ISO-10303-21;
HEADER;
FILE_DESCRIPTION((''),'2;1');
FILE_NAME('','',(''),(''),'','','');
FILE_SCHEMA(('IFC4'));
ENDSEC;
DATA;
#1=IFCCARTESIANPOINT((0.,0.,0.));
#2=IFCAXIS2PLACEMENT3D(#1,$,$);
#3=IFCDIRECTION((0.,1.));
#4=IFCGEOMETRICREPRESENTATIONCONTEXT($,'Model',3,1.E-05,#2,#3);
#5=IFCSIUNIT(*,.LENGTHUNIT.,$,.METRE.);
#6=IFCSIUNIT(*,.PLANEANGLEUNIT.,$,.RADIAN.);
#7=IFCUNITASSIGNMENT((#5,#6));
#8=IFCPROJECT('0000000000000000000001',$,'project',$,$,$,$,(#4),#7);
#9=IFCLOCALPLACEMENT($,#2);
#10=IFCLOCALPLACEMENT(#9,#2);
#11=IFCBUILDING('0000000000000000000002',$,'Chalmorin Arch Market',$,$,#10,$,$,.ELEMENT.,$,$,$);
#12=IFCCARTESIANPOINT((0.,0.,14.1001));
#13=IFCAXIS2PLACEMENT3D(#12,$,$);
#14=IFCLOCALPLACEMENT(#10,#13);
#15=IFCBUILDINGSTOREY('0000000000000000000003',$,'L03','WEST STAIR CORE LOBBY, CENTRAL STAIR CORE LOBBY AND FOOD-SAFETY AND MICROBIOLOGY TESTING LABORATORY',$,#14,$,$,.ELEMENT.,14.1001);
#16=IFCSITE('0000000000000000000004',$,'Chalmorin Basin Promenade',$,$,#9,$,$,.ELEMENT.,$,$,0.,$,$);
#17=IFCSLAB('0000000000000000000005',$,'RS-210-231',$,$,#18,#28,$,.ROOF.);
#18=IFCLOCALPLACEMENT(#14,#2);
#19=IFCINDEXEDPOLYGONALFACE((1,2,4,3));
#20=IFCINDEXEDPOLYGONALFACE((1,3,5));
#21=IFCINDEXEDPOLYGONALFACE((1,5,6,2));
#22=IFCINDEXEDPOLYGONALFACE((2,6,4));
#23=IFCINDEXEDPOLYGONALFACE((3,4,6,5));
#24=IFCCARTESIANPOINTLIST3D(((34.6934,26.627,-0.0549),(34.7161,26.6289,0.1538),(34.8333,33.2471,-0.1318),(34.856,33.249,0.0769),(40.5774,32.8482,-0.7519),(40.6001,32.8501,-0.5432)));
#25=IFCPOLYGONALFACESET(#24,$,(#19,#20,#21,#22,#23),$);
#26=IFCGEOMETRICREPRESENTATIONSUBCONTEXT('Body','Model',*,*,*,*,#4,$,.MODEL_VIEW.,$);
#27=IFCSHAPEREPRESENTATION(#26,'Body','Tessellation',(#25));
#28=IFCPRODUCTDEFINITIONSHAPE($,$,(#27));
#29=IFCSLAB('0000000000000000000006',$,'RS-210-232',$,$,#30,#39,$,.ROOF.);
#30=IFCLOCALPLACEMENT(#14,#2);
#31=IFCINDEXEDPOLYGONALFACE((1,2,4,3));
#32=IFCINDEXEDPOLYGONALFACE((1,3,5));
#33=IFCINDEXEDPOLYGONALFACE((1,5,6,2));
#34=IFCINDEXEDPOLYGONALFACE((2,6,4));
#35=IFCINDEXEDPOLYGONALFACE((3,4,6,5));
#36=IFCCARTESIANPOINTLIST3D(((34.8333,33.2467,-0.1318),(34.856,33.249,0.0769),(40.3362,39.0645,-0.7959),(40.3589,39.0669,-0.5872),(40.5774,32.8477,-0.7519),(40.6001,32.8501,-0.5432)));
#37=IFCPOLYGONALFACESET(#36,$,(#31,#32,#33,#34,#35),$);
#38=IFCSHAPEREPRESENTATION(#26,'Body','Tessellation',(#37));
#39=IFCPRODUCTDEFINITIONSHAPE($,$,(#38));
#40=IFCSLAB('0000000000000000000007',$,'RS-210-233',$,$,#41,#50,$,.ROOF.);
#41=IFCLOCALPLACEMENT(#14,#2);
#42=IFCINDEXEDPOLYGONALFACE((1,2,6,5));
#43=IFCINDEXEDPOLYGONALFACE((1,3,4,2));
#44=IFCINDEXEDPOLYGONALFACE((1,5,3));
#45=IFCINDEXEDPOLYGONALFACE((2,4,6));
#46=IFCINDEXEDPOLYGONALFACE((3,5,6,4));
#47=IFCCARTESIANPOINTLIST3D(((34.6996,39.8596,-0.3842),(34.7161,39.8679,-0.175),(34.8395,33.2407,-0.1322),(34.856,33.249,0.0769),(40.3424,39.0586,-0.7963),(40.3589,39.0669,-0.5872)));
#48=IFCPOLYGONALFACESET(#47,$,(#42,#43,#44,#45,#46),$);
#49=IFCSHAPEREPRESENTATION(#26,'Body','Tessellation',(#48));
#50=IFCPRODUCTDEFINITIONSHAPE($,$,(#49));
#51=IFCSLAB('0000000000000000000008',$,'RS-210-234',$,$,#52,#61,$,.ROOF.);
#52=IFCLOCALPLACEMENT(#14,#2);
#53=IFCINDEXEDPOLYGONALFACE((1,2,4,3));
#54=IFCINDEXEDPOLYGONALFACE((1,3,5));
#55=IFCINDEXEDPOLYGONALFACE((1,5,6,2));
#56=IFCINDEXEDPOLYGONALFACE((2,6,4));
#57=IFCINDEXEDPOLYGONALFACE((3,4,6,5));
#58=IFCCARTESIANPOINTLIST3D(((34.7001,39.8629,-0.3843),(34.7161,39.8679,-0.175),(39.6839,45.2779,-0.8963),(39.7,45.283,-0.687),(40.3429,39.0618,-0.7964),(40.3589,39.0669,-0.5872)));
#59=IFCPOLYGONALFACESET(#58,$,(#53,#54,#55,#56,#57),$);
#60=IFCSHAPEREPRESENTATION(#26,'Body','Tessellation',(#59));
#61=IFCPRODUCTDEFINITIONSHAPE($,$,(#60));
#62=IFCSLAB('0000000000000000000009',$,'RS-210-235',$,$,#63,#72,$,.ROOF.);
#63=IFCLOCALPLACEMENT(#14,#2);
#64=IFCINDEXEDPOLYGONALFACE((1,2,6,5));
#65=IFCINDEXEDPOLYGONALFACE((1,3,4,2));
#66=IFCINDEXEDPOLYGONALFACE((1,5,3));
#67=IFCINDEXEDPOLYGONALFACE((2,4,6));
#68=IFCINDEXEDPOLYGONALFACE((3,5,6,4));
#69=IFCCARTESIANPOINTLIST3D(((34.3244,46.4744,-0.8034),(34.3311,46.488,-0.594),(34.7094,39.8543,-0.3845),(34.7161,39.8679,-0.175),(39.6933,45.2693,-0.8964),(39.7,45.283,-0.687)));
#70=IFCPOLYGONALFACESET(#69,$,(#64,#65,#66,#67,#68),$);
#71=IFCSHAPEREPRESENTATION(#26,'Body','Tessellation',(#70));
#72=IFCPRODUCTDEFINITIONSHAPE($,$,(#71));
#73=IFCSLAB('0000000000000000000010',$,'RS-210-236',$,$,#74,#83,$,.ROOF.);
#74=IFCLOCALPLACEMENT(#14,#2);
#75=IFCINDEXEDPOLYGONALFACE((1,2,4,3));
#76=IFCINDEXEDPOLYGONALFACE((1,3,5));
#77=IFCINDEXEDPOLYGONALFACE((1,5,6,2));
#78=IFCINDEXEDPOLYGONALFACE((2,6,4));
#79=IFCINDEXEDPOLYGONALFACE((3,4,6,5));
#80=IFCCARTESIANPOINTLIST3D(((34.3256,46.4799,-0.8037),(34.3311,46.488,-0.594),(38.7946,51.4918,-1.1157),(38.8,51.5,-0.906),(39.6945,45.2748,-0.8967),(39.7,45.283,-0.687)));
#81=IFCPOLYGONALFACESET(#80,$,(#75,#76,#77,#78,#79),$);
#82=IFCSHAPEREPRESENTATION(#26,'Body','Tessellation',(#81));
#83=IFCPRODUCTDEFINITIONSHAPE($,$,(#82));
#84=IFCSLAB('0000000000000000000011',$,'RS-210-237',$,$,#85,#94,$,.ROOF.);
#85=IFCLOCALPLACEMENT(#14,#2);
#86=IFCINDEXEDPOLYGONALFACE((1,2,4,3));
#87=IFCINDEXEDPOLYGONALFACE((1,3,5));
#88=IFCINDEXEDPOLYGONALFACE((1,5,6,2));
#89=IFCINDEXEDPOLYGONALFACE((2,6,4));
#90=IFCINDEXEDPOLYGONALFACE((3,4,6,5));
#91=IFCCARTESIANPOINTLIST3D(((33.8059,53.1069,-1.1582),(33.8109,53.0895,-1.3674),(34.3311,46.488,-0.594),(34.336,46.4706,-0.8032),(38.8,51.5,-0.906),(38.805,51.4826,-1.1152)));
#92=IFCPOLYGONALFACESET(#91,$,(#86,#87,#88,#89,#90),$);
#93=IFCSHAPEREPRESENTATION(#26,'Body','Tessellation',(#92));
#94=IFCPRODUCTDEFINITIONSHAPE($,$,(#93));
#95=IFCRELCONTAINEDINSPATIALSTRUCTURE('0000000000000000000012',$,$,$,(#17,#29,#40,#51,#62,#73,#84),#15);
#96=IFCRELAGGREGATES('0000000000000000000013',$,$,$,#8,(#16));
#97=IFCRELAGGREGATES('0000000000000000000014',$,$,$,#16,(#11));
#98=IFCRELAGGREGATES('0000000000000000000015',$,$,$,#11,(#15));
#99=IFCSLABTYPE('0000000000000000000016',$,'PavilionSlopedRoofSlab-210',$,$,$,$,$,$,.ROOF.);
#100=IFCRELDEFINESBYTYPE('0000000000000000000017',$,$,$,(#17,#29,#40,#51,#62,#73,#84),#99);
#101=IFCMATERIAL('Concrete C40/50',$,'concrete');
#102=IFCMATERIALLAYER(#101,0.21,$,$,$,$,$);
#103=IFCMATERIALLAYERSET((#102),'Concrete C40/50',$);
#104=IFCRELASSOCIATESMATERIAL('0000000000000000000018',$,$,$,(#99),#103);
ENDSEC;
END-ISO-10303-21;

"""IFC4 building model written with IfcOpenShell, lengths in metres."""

from ifc_helpers import new_model, si_unit, direction, frame, origin, place, context, subcontext, project, spatial, polyline, outline, extrude, material, layer, layer_set, type_object, element, save


model = new_model("IFC4")

# Units and contexts
model_context = context("Model", 3, precision=1e-05, world=origin(), true_north=direction((0.0, 1.0)))
body_context = subcontext(model_context, "Body", "Model", "MODEL_VIEW")
ifc_project = project(units=[si_unit("LENGTHUNIT", "METRE"), si_unit("PLANEANGLEUNIT", "RADIAN")], contexts=[model_context])

# Site, building, storey
site_placement = place(None, origin())
site = spatial("IfcSite", under=ifc_project, at=site_placement, Name="Chalmorin Basin Promenade", CompositionType="ELEMENT", RefElevation=0.0)
building_placement = place(site_placement, origin())
building = spatial("IfcBuilding", under=site, at=building_placement, Name="Chalmorin Arch Market", CompositionType="ELEMENT")
storey_placement = place(building_placement, frame((0.0, 0.0, 14.1001)))
storey = spatial("IfcBuildingStorey", under=building, at=storey_placement, Name="L03", Description="WEST STAIR CORE LOBBY, CENTRAL STAIR CORE LOBBY AND FOOD-SAFETY AND MICROBIOLOGY TESTING LABORATORY", CompositionType="ELEMENT", Elevation=14.1001)

# Slabs
ifc_material = material(Name="Concrete C40/50", Category="concrete")
ifc_layer = layer(ifc_material, 0.21)
ifc_layer_set = layer_set([ifc_layer], Name="Concrete C40/50")
slab_type = type_object("IfcSlabType", Name="PavilionSlopedRoofSlab-210", PredefinedType="ROOF", material=ifc_layer_set)
slab_1_placement = place(storey_placement, frame((34.7161, 26.6289, 0.1538), z_axis=(0.107964, 0.009267, 0.994112), x_axis=(0.684881, 0.724125, -0.081131)))
element("IfcSlab", 1, at=slab_1_placement, inside=storey, type_object=slab_type, Name="RS-210-231", PredefinedType="ROOF", context=body_context, shape_type="SweptSolid", body=[
    extrude(outline(polyline([(0.0, 0.0), (8.5913, 0.0), (4.8958, 4.4589), (0.0, 0.0)])), origin(), (0.0, 0.0, -1.0), 0.21),
])
slab_2_placement = place(storey_placement, frame((34.856, 33.249, 0.0769), z_axis=(0.108096, 0.011221, 0.994077), x_axis=(0.991862, -0.068884, -0.107078)))
element("IfcSlab", 2, at=slab_2_placement, inside=storey, type_object=slab_type, Name="RS-210-232", PredefinedType="ROOF", context=body_context, shape_type="SweptSolid", body=[
    extrude(outline(polyline([(0.0, 0.0), (5.7913, 0.0), (5.1285, 6.1862), (0.0, 0.0)])), origin(), (0.0, 0.0, -1.0), 0.21),
])
slab_3_placement = place(storey_placement, frame((34.856, 33.249, 0.0769), z_axis=(0.078368, 0.039575, 0.996139), x_axis=(0.684819, 0.724012, -0.08264)))
element("IfcSlab", 3, at=slab_3_placement, inside=storey, type_object=slab_type, Name="RS-210-233", PredefinedType="ROOF", context=body_context, shape_type="SweptSolid", body=[
    extrude(outline(polyline([(0.0, 0.0), (8.0356, 0.0), (4.7172, 4.652), (0.0, 0.0)])), origin(), (0.0, 0.0, -1.0), 0.21),
])
slab_4_placement = place(storey_placement, frame((34.7161, 39.8679, -0.175), z_axis=(0.076219, 0.024092, 0.9968), x_axis=(0.987496, -0.14018, -0.072119)))
element("IfcSlab", 4, at=slab_4_placement, inside=storey, type_object=slab_type, Name="RS-210-234", PredefinedType="ROOF", context=body_context, shape_type="SweptSolid", body=[
    extrude(outline(polyline([(0.0, 0.0), (5.7143, 0.0), (4.1994, 6.0654), (0.0, 0.0)])), origin(), (0.0, 0.0, -1.0), 0.21),
])
slab_5_placement = place(storey_placement, frame((34.7161, 39.8679, -0.175), z_axis=(0.031863, 0.064971, 0.997378), x_axis=(0.675575, 0.734018, -0.069397)))
element("IfcSlab", 5, at=slab_5_placement, inside=storey, type_object=slab_type, Name="RS-210-235", PredefinedType="ROOF", context=body_context, shape_type="SweptSolid", body=[
    extrude(outline(polyline([(0.0, 0.0), (7.3773, 0.0), (4.6283, 4.7675), (0.0, 0.0)])), origin(), (0.0, 0.0, -1.0), 0.21),
])
slab_6_placement = place(storey_placement, frame((34.3311, 46.488, -0.594), z_axis=(0.02605, 0.038957, 0.998901), x_axis=(0.975584, -0.218975, -0.016902)))
element("IfcSlab", 6, at=slab_6_placement, inside=storey, type_object=slab_type, Name="RS-210-236", PredefinedType="ROOF", context=body_context, shape_type="SweptSolid", body=[
    extrude(outline(polyline([(0.0, 0.0), (5.5033, 0.0), (3.2677, 5.8746), (0.0, 0.0)])), origin(), (0.0, 0.0, -1.0), 0.21),
])
slab_7_placement = place(storey_placement, frame((34.3311, 46.488, -0.594), z_axis=(-0.023587, 0.083052, 0.996266), x_axis=(0.664803, 0.745575, -0.046415)))
element("IfcSlab", 7, at=slab_7_placement, inside=storey, type_object=slab_type, Name="RS-210-237", PredefinedType="ROOF", context=body_context, shape_type="SweptSolid", body=[
    extrude(outline(polyline([(0.0, 0.0), (6.7223, 0.0), (4.612, 4.8098), (0.0, 0.0)])), origin(), (0.0, 0.0, -1.0), 0.21),
])

save(model, "model.ifc")
